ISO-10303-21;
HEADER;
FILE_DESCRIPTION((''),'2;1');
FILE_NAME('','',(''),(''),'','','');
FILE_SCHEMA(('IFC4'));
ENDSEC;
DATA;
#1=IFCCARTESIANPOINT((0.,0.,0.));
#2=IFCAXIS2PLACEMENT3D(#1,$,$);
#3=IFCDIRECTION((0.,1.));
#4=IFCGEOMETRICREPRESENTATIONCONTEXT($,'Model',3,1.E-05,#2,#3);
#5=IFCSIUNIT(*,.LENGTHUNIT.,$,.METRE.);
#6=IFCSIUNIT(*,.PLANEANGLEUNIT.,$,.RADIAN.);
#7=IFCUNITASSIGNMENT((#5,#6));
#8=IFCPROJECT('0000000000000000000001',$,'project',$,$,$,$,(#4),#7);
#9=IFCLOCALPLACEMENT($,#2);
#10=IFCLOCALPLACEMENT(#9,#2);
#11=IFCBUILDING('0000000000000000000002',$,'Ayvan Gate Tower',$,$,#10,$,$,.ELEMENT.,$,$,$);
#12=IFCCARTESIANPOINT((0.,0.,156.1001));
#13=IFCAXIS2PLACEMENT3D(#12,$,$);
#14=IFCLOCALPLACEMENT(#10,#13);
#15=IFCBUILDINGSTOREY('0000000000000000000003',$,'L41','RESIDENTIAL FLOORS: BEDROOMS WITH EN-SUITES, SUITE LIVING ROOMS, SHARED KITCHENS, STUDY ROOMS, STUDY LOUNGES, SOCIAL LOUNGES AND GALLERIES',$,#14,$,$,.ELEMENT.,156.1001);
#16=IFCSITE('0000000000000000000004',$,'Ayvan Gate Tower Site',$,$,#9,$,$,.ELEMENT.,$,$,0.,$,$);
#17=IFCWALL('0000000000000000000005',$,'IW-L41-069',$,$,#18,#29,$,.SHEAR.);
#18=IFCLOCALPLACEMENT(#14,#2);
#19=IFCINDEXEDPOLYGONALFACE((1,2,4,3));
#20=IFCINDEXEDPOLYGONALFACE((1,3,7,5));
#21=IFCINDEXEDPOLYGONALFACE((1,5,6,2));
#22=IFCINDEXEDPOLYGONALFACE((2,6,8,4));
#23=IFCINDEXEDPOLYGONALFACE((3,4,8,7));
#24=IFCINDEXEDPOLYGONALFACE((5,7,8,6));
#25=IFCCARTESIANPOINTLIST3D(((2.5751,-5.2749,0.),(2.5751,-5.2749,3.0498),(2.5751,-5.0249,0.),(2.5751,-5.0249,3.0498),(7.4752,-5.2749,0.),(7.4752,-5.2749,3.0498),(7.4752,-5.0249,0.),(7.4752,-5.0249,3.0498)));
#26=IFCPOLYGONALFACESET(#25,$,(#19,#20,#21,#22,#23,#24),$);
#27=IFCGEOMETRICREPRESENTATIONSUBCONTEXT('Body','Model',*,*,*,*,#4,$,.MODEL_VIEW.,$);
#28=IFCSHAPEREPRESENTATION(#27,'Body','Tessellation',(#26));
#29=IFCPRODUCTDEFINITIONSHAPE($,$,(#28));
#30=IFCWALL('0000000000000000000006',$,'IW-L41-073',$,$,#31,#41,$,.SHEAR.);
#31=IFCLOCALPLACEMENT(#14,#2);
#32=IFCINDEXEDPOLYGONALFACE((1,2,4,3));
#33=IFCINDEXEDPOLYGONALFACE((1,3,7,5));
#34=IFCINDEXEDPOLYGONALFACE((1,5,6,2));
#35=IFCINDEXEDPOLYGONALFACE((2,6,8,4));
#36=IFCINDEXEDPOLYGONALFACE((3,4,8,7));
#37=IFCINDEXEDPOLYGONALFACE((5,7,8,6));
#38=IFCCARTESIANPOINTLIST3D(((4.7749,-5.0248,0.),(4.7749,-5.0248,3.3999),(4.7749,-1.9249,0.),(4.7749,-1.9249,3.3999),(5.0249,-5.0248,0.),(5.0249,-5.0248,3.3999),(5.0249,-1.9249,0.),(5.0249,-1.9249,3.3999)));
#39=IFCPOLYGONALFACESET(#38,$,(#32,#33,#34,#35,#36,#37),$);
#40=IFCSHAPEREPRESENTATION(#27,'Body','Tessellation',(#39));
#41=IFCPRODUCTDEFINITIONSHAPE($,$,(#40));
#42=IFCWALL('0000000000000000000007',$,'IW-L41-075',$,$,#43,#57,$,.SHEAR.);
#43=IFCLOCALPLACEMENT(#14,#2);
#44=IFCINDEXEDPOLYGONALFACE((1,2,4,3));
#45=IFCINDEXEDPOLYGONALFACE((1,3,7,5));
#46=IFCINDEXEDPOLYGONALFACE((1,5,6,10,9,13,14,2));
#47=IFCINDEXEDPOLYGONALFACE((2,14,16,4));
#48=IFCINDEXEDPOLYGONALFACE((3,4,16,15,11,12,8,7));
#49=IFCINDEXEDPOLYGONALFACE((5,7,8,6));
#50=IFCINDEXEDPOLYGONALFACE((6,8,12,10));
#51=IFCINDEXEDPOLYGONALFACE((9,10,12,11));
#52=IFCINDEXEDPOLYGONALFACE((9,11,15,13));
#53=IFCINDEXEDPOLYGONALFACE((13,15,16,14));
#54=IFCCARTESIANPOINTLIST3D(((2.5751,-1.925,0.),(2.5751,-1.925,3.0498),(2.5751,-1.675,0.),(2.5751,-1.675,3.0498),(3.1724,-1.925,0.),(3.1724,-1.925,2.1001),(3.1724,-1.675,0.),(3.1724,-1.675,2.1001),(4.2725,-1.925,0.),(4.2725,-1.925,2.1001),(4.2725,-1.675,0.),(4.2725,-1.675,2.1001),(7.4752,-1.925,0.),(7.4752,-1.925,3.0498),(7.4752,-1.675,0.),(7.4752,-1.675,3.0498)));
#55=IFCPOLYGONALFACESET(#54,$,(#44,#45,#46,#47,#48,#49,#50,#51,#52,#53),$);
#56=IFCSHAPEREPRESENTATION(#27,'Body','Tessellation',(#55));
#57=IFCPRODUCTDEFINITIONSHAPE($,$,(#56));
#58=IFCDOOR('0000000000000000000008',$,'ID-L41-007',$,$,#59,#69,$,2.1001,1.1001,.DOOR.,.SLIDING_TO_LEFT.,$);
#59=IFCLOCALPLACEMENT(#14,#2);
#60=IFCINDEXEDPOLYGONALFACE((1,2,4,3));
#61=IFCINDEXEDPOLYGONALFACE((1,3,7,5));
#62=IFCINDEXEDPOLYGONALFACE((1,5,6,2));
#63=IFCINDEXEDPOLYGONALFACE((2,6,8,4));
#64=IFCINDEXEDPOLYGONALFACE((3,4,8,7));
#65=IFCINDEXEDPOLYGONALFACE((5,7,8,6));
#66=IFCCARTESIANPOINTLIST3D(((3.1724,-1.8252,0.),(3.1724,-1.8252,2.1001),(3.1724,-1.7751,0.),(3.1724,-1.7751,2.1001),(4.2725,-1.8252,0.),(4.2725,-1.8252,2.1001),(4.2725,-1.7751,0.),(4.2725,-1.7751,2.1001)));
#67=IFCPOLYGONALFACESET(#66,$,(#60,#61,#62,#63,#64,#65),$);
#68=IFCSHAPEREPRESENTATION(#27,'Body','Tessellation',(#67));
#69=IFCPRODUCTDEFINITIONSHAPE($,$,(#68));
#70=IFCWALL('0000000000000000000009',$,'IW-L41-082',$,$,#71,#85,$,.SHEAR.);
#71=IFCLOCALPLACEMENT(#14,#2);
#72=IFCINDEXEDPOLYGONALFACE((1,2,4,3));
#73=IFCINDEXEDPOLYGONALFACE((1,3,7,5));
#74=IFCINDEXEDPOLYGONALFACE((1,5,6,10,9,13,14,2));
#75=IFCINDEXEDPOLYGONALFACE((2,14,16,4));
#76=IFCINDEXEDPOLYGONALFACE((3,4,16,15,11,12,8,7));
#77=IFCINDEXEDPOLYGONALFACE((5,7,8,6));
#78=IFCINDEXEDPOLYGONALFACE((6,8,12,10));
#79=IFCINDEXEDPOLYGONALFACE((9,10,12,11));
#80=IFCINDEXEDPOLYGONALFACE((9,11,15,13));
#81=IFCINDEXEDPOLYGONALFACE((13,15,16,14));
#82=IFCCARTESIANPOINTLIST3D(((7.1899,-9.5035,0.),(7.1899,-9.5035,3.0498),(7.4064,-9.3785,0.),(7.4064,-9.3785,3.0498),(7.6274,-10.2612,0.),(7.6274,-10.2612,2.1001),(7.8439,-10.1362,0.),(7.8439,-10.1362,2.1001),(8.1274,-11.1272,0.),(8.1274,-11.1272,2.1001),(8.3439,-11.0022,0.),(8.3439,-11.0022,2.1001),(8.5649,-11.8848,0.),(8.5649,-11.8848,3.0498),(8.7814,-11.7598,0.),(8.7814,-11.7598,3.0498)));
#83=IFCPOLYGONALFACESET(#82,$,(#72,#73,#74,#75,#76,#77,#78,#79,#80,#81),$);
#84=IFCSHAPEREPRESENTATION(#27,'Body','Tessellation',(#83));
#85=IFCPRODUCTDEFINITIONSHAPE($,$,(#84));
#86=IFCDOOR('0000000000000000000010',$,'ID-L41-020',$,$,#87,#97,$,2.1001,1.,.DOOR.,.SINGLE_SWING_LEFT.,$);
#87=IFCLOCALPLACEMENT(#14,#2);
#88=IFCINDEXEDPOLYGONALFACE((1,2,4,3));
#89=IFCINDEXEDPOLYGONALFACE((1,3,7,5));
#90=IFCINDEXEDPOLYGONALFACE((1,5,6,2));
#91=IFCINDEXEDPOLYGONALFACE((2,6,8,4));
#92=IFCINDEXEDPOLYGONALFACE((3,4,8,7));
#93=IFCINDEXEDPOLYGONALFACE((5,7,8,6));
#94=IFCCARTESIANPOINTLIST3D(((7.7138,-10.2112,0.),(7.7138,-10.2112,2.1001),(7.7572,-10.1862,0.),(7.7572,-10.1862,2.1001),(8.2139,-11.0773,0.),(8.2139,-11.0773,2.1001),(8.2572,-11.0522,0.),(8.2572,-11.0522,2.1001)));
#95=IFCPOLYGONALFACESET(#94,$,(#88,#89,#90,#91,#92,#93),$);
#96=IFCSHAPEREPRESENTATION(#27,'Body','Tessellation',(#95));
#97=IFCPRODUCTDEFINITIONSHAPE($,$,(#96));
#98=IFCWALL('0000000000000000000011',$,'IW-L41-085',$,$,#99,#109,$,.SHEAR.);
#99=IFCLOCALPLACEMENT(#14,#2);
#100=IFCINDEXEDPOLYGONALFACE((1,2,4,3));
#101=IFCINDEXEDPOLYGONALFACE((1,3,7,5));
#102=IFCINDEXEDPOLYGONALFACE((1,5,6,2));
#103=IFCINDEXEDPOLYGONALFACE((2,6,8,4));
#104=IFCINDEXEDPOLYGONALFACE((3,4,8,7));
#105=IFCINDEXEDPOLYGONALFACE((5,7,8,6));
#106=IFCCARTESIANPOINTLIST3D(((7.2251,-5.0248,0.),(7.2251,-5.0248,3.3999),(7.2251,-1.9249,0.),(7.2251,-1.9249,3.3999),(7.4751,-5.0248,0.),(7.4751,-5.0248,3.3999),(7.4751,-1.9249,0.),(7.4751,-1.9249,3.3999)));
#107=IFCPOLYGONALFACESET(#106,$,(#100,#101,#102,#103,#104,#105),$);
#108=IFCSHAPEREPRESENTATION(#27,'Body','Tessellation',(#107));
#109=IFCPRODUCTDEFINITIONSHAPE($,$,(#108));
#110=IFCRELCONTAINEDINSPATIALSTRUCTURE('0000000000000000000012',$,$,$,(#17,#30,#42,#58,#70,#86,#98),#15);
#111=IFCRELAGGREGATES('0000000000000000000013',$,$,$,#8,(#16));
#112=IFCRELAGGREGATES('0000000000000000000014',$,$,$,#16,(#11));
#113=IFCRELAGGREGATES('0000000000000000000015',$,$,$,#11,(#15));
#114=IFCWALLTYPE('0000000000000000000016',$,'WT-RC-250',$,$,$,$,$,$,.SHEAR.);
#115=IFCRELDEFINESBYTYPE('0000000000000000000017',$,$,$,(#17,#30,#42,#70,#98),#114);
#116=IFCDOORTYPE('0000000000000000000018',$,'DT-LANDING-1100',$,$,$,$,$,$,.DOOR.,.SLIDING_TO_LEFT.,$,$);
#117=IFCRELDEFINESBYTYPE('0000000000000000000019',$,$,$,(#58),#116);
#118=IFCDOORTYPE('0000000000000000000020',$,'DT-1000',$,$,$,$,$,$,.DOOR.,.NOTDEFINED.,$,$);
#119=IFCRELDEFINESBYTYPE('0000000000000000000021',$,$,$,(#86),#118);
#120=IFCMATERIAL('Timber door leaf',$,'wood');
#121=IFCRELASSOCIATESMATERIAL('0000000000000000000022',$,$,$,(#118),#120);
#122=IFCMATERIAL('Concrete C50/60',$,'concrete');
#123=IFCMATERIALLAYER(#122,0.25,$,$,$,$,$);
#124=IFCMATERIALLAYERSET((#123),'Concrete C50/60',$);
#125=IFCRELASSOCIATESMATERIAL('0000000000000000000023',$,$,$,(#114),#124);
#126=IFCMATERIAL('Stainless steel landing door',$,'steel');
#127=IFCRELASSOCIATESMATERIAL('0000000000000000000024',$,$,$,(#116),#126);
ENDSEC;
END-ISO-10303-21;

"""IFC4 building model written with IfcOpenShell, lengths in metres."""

from ifc_helpers import new_model, si_unit, direction, frame, frame_2d, origin, place, context, subcontext, project, spatial, rectangle, extrude, material, layer, layer_set, type_object, element, fill, save


model = new_model("IFC4")

# Units and contexts
model_context = context("Model", 3, precision=1e-05, world=origin(), true_north=direction((0.0, 1.0)))
body_context = subcontext(model_context, "Body", "Model", "MODEL_VIEW")
ifc_project = project(units=[si_unit("LENGTHUNIT", "METRE"), si_unit("PLANEANGLEUNIT", "RADIAN")], contexts=[model_context])

# Site, building, storey
site_placement = place(None, origin())
site = spatial("IfcSite", under=ifc_project, at=site_placement, Name="Ayvan Gate Tower Site", CompositionType="ELEMENT", RefElevation=0.0)
building_placement = place(site_placement, origin())
building = spatial("IfcBuilding", under=site, at=building_placement, Name="Ayvan Gate Tower", CompositionType="ELEMENT")
storey_placement = place(building_placement, frame((0.0, 0.0, 156.1001)))
storey = spatial("IfcBuildingStorey", under=building, at=storey_placement, Name="L41", Description="RESIDENTIAL FLOORS: BEDROOMS WITH EN-SUITES, SUITE LIVING ROOMS, SHARED KITCHENS, STUDY ROOMS, STUDY LOUNGES, SOCIAL LOUNGES AND GALLERIES", CompositionType="ELEMENT", Elevation=156.1001)

# Shared definitions
ifc_material_1 = material(Name="Timber door leaf", Category="wood")

# Shared definitions
door_type_1 = type_object("IfcDoorType", Name="DT-1000", OperationType="NOTDEFINED", PredefinedType="DOOR", material=ifc_material_1)

# Walls
ifc_material_2 = material(Name="Concrete C50/60", Category="concrete")
ifc_layer_1 = layer(ifc_material_2, 0.25)
ifc_layer_set_1 = layer_set([ifc_layer_1], Name="Concrete C50/60")
wall_type_1 = type_object("IfcWallType", Name="WT-RC-250", PredefinedType="SHEAR", material=ifc_layer_set_1)
wall_1_placement = place(storey_placement, frame((2.575, -5.1499, 0.0), z_axis=(0.0, 0.0, 1.0), x_axis=(1.0, 0.0, 0.0)))
element("IfcWall", 1, at=wall_1_placement, inside=storey, type_object=wall_type_1, Name="IW-L41-069", PredefinedType="SHEAR", context=body_context, shape_type="SweptSolid", body=[
    extrude(rectangle(XDim=4.9001, YDim=0.25, at=frame_2d((2.4502, 0.0))), origin(), (0.0, 0.0, 1.0), 3.0498),
])
wall_2_placement = place(storey_placement, frame((4.8999, -1.925, 0.0), z_axis=(0.0, 0.0, 1.0), x_axis=(0.0, -1.0, 0.0)))
element("IfcWall", 2, at=wall_2_placement, inside=storey, type_object=wall_type_1, Name="IW-L41-073", PredefinedType="SHEAR", context=body_context, shape_type="SweptSolid", body=[
    extrude(rectangle(XDim=3.0999, YDim=0.25, at=frame_2d((1.5498, 0.0))), origin(), (0.0, 0.0, 1.0), 3.3999),
])

# Walls, openings, doors
wall_3_placement = place(storey_placement, frame((2.575, -1.8, 0.0), z_axis=(0.0, 0.0, 1.0), x_axis=(1.0, 0.0, 0.0)))
wall_3 = element("IfcWall", 3, at=wall_3_placement, inside=storey, type_object=wall_type_1, Name="IW-L41-075", PredefinedType="SHEAR", context=body_context, shape_type="SweptSolid", body=[
    extrude(rectangle(XDim=4.9001, YDim=0.25, at=frame_2d((2.4502, 0.0))), origin(), (0.0, 0.0, 1.0), 3.0498),
])
opening_1_placement = place(wall_3_placement, frame((0.5974, 0.0, 0.0)))
opening_1 = element("IfcOpeningElement", 4, at=opening_1_placement, cuts=wall_3, PredefinedType="OPENING", context=body_context, shape_type="SweptSolid", body=[
    extrude(rectangle(XDim=1.1001, YDim=2.1001, at=frame_2d((0.55, 1.05))), frame((0.0, 0.135, 0.0), z_axis=(0.0, -1.0, 0.0), x_axis=(1.0, 0.0, 0.0)), (0.0, 0.0, 1.0), 0.27),
])
ifc_material_3 = material(Name="Stainless steel landing door", Category="steel")
door_type_2 = type_object("IfcDoorType", Name="DT-LANDING-1100", OperationType="SLIDING_TO_LEFT", PredefinedType="DOOR", material=ifc_material_3)
door_1_placement = place(opening_1_placement, origin())
door_1 = element("IfcDoor", 5, at=door_1_placement, inside=storey, type_object=door_type_2, Name="ID-L41-007", OperationType="SLIDING_TO_LEFT", OverallHeight=2.1001, OverallWidth=1.1001, PredefinedType="DOOR", context=body_context, shape_type="SweptSolid", body=[
    extrude(rectangle(XDim=1.1001, YDim=2.1001, at=frame_2d((0.55, 1.05))), frame((0.0, 0.0249, 0.0), z_axis=(0.0, -1.0, 0.0), x_axis=(1.0, 0.0, 0.0)), (0.0, 0.0, 1.0), 0.05),
])
fill(opening_1, door_1)
wall_4_placement = place(storey_placement, frame((7.2981, -9.4409, 0.0), z_axis=(0.0, 0.0, 1.0), x_axis=(0.500035, -0.866005, 0.0)))
wall_4 = element("IfcWall", 6, at=wall_4_placement, inside=storey, type_object=wall_type_1, Name="IW-L41-082", PredefinedType="SHEAR", context=body_context, shape_type="SweptSolid", body=[
    extrude(rectangle(XDim=2.7498, YDim=0.25, at=frame_2d((1.375, 0.0))), origin(), (0.0, 0.0, 1.0), 3.0498),
])
opening_2_placement = place(wall_4_placement, frame((0.875, 0.0, 0.0)))
opening_2 = element("IfcOpeningElement", 7, at=opening_2_placement, cuts=wall_4, PredefinedType="OPENING", context=body_context, shape_type="SweptSolid", body=[
    extrude(rectangle(XDim=1.0, YDim=2.1001, at=frame_2d((0.5, 1.05))), frame((0.0, 0.135, 0.0), z_axis=(0.0, -1.0, 0.0), x_axis=(1.0, 0.0, 0.0)), (0.0, 0.0, 1.0), 0.27),
])
door_2_placement = place(opening_2_placement, origin())
door_2 = element("IfcDoor", 8, at=door_2_placement, inside=storey, type_object=door_type_1, Name="ID-L41-020", OperationType="SINGLE_SWING_LEFT", OverallHeight=2.1001, OverallWidth=1.0, PredefinedType="DOOR", context=body_context, shape_type="SweptSolid", body=[
    extrude(rectangle(XDim=1.0, YDim=2.1001, at=frame_2d((0.5, 1.05))), frame((0.0, 0.0249, 0.0), z_axis=(0.0, -1.0, 0.0), x_axis=(1.0, 0.0, 0.0)), (0.0, 0.0, 1.0), 0.05),
])
fill(opening_2, door_2)

# Wall
wall_5_placement = place(storey_placement, frame((7.3501, -1.925, 0.0), z_axis=(0.0, 0.0, 1.0), x_axis=(0.0, -1.0, 0.0)))
element("IfcWall", 9, at=wall_5_placement, inside=storey, type_object=wall_type_1, Name="IW-L41-085", PredefinedType="SHEAR", context=body_context, shape_type="SweptSolid", body=[
    extrude(rectangle(XDim=3.0999, YDim=0.25, at=frame_2d((1.5498, 0.0))), origin(), (0.0, 0.0, 1.0), 3.3999),
])

save(model, "model.ifc")
